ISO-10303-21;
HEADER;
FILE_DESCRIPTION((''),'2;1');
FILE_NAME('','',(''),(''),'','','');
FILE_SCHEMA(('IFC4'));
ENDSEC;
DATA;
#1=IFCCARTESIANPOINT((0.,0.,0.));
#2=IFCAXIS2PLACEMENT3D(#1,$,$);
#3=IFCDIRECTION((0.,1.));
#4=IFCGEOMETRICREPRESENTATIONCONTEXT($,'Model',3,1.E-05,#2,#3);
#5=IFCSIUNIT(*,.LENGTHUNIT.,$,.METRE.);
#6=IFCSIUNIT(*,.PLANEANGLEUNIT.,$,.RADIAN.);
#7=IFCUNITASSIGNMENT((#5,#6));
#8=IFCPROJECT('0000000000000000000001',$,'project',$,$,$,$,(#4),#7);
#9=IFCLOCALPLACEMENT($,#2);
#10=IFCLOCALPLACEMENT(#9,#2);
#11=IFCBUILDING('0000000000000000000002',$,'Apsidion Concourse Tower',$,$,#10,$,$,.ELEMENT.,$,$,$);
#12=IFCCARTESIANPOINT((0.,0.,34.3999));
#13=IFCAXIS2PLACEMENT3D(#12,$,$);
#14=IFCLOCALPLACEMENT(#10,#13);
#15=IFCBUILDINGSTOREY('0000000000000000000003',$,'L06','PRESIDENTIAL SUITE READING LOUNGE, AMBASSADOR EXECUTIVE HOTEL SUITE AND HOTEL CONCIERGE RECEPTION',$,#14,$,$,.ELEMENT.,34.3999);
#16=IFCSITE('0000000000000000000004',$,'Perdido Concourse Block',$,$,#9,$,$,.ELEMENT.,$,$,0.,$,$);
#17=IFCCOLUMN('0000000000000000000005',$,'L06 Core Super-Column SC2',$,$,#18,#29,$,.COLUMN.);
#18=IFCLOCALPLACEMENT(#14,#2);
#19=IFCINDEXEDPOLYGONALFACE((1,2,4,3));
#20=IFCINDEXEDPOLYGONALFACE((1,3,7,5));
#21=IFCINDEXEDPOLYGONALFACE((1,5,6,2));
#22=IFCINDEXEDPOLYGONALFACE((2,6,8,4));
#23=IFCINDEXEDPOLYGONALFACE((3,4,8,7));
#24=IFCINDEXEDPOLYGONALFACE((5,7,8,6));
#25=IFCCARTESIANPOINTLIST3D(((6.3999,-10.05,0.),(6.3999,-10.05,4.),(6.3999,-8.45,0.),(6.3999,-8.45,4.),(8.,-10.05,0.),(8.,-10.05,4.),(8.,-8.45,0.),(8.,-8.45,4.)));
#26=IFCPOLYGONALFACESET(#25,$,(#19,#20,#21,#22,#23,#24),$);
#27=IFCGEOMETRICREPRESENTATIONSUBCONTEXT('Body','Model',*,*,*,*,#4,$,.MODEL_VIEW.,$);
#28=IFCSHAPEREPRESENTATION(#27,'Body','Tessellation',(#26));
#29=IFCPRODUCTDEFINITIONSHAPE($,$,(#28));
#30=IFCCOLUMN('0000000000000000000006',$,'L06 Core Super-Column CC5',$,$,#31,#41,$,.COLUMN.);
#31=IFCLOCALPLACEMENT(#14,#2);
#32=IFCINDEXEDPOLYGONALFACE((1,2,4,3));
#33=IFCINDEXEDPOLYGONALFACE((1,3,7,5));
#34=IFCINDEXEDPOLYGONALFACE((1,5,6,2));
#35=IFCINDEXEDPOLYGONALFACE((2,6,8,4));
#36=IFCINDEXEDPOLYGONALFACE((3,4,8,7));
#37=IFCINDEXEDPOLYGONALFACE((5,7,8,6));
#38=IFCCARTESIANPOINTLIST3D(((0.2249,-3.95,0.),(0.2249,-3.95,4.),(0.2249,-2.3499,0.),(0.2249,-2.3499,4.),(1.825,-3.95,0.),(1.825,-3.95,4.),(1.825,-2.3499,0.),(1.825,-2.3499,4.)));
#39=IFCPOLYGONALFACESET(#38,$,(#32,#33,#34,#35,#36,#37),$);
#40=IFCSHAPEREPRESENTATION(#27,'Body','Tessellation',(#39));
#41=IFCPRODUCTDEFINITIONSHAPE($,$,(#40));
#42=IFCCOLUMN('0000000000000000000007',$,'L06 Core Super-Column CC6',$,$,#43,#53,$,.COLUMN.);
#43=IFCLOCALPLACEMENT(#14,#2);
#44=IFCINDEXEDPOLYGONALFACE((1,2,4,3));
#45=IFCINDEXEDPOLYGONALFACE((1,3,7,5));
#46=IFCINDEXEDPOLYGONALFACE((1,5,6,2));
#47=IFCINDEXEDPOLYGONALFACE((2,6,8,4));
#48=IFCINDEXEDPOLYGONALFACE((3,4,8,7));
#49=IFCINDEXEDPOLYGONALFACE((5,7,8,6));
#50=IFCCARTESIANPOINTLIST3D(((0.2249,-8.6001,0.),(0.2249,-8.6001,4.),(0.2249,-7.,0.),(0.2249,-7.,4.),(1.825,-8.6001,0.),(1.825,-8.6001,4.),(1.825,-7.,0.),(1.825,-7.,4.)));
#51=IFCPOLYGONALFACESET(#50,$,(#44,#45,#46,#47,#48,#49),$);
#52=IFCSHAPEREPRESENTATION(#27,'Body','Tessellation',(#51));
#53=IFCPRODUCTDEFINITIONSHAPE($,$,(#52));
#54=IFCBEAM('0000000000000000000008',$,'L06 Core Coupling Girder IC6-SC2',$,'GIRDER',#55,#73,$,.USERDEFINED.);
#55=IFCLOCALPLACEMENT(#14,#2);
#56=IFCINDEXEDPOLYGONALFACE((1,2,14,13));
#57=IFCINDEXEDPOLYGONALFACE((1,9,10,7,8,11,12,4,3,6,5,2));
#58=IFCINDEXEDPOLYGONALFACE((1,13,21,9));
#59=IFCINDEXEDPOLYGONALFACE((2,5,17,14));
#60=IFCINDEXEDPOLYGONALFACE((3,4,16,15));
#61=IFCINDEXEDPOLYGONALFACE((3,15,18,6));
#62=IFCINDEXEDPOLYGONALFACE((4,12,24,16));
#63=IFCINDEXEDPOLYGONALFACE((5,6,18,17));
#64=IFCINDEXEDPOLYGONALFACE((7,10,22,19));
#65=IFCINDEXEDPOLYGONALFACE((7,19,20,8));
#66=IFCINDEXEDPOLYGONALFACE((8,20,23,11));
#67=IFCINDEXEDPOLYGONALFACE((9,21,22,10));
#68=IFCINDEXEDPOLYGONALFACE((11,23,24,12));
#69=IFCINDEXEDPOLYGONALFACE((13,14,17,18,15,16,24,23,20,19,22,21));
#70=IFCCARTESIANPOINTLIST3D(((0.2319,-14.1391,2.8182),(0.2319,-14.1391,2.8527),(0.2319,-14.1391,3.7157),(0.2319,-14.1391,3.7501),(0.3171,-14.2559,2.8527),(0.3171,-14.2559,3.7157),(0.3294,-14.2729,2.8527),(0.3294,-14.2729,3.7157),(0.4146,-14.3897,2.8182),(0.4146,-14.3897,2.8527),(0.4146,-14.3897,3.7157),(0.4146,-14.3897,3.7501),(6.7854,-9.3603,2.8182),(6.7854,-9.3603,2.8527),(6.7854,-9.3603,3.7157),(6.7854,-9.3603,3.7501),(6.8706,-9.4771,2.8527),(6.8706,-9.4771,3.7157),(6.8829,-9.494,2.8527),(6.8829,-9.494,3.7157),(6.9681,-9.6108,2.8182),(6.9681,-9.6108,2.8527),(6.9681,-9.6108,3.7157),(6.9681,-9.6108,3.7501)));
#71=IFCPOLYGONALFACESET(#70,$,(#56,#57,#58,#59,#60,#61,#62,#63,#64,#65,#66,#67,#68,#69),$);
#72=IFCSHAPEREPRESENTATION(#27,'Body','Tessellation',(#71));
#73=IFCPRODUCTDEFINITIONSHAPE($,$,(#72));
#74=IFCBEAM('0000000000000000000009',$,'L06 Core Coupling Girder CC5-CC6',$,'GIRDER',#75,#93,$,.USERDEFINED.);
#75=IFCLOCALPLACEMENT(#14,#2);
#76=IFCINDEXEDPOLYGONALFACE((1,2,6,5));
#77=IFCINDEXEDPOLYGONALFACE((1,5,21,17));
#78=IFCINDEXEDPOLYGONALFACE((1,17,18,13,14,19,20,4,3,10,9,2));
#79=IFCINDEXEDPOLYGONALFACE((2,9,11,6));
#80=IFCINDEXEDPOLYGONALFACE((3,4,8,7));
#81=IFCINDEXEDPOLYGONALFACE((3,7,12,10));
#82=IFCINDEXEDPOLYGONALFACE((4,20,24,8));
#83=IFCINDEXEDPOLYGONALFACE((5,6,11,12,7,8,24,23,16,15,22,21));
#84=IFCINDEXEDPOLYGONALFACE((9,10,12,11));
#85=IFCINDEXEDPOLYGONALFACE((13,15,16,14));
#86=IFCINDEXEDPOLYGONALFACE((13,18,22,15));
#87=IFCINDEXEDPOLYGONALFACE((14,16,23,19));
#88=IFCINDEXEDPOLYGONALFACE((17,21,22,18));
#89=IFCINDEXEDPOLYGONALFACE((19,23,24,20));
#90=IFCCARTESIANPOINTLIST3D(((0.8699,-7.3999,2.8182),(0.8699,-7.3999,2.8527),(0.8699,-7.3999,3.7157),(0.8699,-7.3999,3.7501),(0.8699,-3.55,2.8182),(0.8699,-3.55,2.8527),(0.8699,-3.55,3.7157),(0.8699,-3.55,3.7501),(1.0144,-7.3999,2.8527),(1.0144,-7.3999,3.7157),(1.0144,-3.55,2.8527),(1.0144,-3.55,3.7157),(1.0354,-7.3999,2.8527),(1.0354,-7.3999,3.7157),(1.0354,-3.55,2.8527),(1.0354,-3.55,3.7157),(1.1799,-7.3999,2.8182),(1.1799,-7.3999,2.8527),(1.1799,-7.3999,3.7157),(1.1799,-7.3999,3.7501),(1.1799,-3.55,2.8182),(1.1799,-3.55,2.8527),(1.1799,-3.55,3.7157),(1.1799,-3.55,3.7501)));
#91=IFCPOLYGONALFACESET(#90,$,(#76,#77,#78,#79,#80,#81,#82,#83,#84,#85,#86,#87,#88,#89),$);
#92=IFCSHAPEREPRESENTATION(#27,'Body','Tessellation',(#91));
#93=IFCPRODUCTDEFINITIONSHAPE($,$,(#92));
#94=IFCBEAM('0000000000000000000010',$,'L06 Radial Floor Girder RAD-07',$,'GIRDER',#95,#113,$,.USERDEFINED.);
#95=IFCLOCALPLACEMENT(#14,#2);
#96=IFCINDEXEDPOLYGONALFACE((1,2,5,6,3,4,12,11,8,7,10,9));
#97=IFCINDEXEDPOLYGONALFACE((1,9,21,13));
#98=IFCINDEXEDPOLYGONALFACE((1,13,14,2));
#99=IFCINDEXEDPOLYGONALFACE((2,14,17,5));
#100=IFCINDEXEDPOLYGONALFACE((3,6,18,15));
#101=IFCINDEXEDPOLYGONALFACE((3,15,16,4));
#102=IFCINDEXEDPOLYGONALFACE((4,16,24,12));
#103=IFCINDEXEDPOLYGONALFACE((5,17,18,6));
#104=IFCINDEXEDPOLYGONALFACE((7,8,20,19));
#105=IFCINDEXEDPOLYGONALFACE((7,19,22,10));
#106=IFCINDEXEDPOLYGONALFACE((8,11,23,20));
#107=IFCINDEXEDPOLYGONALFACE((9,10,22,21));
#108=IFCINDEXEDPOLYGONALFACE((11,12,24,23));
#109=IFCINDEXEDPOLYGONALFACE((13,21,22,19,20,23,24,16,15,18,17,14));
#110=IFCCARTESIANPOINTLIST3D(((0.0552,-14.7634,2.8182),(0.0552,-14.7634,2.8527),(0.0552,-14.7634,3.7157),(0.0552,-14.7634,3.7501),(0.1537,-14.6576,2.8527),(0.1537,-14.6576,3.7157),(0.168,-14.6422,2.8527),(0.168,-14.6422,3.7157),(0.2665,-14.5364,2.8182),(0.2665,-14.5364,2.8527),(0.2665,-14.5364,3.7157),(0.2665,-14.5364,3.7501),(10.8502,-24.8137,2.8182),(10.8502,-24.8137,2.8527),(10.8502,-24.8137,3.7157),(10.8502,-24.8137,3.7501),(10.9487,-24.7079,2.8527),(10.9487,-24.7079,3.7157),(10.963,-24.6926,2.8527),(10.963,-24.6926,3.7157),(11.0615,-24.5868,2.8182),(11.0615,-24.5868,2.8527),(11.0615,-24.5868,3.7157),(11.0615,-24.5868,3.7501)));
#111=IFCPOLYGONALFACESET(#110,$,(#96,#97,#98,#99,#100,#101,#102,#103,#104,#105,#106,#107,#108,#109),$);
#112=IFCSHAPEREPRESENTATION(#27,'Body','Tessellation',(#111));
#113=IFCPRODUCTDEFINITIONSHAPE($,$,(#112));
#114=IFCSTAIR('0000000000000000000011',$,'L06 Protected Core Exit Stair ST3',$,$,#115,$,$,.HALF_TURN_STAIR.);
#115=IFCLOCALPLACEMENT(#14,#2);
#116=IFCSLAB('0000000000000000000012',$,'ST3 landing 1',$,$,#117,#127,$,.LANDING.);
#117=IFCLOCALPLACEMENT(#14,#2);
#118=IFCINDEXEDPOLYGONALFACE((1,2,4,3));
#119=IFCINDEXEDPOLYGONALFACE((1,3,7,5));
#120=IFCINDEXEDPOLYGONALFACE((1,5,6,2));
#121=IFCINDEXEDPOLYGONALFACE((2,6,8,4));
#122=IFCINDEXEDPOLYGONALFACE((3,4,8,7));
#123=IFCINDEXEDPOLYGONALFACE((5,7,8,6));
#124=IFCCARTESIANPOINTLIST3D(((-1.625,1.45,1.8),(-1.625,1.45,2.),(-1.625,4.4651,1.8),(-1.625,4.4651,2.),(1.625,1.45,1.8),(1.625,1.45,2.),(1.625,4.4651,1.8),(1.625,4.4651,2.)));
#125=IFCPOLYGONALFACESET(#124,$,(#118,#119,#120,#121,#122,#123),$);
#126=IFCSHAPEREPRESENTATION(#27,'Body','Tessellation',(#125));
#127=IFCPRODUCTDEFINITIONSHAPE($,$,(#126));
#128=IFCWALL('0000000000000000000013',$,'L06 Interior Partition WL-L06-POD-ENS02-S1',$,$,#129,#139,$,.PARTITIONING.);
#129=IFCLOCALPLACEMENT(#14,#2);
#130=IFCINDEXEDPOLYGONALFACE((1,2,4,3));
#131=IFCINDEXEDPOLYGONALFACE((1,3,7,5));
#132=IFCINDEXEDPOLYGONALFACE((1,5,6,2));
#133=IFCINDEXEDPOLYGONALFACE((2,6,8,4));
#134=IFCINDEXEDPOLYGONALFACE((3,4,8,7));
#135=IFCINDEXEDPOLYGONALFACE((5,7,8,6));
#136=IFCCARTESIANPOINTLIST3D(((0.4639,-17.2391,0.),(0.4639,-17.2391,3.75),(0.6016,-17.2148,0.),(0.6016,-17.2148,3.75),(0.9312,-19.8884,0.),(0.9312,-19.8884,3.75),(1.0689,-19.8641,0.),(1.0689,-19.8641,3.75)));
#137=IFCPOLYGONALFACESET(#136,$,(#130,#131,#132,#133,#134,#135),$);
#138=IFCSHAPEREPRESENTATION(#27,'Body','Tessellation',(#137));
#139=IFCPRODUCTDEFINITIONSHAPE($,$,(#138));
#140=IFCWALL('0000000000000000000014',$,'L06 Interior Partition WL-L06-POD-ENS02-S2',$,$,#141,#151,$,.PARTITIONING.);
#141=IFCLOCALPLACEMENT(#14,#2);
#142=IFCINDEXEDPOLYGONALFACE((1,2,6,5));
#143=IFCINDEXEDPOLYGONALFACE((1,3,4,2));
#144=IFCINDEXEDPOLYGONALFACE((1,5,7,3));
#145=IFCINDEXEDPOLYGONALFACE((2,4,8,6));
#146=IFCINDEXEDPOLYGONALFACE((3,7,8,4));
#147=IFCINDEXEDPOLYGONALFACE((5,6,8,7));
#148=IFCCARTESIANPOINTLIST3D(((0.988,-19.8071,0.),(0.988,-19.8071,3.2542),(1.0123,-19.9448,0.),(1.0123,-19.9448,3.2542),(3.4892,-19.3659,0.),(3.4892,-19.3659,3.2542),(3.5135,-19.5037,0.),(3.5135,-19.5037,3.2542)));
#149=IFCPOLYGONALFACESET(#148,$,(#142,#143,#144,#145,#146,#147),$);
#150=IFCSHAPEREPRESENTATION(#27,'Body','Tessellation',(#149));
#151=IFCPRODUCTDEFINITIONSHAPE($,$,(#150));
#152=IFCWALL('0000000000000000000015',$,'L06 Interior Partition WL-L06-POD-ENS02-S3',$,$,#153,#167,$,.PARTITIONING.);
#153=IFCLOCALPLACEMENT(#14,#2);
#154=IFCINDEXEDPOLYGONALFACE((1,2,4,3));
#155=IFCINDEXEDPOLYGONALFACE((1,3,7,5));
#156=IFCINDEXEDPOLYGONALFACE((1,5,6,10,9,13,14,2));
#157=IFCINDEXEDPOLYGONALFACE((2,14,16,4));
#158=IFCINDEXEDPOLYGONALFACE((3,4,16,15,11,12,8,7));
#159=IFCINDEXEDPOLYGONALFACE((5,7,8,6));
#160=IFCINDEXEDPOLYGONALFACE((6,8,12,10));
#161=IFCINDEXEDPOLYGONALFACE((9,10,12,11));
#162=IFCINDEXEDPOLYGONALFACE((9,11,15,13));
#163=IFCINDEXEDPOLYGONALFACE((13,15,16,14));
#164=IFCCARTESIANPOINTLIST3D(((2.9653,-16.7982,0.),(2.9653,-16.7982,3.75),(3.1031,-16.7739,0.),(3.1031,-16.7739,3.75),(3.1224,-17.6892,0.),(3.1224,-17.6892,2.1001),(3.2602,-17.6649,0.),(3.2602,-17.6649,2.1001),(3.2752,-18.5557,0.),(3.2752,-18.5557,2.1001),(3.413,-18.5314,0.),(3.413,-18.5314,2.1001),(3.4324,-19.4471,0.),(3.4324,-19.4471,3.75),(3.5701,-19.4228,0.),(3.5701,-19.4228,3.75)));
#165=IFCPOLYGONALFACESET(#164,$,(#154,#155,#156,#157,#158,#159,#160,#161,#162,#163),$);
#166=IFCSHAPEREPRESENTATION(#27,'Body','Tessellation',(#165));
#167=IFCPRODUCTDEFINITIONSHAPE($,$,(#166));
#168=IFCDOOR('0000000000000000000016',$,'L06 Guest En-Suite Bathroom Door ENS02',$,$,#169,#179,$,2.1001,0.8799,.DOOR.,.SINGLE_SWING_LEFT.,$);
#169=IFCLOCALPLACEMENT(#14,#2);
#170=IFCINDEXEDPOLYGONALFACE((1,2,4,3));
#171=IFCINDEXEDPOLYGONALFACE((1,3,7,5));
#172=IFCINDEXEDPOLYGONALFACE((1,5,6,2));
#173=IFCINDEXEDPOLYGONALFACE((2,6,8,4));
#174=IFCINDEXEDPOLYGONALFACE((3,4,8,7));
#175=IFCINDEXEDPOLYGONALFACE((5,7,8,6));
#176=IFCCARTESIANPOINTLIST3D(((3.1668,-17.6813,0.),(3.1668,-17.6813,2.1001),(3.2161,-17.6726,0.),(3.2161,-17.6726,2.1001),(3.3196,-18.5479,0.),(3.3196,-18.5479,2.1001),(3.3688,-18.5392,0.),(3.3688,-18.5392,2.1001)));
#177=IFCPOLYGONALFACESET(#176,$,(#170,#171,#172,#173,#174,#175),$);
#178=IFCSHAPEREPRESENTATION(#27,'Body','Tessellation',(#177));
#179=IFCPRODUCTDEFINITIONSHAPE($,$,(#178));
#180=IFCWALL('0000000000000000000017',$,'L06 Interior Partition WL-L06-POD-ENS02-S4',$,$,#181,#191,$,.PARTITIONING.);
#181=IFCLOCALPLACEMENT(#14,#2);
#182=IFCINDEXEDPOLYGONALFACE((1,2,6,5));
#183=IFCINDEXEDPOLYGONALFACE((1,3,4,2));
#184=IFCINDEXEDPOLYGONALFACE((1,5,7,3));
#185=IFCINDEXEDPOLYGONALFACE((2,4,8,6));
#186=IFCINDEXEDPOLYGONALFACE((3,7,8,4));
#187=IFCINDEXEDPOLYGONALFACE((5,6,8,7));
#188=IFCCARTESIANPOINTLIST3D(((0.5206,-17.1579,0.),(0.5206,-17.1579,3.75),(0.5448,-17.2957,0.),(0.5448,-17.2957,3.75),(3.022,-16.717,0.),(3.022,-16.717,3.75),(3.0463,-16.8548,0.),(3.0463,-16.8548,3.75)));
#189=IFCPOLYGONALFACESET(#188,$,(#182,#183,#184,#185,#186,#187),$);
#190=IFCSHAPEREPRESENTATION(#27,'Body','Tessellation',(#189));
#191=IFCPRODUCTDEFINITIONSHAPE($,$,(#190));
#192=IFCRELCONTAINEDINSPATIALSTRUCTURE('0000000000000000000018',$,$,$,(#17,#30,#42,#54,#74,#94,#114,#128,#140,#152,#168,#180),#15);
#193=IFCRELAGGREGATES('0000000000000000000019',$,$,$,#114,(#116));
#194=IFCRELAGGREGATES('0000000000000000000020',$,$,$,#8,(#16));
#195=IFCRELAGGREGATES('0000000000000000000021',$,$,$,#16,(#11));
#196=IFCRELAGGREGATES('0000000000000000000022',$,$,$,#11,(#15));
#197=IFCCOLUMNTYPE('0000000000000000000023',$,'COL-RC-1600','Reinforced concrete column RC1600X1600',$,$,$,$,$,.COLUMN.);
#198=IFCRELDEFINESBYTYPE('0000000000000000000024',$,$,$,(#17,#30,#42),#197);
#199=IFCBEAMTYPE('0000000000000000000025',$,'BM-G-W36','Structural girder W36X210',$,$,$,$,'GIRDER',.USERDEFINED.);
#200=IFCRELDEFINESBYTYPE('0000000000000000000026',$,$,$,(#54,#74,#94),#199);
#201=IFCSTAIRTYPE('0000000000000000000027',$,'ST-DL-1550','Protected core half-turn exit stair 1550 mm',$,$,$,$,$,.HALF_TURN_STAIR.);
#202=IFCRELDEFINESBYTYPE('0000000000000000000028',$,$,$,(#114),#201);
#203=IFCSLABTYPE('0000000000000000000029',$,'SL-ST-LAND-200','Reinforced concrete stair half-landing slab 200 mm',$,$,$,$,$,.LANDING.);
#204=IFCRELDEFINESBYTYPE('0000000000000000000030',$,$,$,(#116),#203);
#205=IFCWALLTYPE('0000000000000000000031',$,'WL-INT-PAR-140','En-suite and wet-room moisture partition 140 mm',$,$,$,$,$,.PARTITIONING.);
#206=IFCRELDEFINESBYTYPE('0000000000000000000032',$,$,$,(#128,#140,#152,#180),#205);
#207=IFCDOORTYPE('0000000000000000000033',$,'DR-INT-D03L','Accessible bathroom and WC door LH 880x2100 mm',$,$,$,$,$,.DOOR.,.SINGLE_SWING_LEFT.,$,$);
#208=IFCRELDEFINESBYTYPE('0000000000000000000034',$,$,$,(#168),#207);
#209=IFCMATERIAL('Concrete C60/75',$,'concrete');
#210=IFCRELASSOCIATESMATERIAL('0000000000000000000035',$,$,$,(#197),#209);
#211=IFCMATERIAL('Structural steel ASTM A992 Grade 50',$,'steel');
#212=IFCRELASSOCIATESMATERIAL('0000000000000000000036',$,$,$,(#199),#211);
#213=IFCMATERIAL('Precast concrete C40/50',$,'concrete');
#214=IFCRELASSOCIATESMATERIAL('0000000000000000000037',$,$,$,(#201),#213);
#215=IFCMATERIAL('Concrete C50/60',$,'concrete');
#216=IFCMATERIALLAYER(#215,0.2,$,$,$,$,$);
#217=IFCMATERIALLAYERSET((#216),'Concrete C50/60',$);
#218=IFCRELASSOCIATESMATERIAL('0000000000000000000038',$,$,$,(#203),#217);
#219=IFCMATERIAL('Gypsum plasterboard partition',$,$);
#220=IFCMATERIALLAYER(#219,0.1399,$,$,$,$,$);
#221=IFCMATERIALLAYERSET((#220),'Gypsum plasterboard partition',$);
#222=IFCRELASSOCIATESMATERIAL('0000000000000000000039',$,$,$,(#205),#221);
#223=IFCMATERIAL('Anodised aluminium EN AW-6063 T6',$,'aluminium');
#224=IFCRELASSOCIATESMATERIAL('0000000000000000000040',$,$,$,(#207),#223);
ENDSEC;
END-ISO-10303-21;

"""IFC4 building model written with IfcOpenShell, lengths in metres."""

from ifc_helpers import new_model, si_unit, direction, frame, frame_2d, origin, origin_2d, place, context, subcontext, project, spatial, polyline, rectangle, i_section, outline, extrude, material, layer, layer_set, material_profile, profile_set, type_object, element, fill, aggregate, save


model = new_model("IFC4")

# Units and contexts
model_context = context("Model", 3, precision=1e-05, world=origin(), true_north=direction((0.0, 1.0)))
body_context = subcontext(model_context, "Body", "Model", "MODEL_VIEW")
ifc_project = project(units=[si_unit("LENGTHUNIT", "METRE"), si_unit("PLANEANGLEUNIT", "RADIAN")], contexts=[model_context])

# Site, building, storey
site_placement = place(None, origin())
site = spatial("IfcSite", under=ifc_project, at=site_placement, Name="Perdido Concourse Block", CompositionType="ELEMENT", RefElevation=0.0)
building_placement = place(site_placement, origin())
building = spatial("IfcBuilding", under=site, at=building_placement, Name="Apsidion Concourse Tower", CompositionType="ELEMENT")
storey_placement = place(building_placement, frame((0.0, 0.0, 34.3999)))
storey = spatial("IfcBuildingStorey", under=building, at=storey_placement, Name="L06", Description="PRESIDENTIAL SUITE READING LOUNGE, AMBASSADOR EXECUTIVE HOTEL SUITE AND HOTEL CONCIERGE RECEPTION", CompositionType="ELEMENT", Elevation=34.3999)

# Columns
ifc_material_1 = material(Name="Concrete C60/75", Category="concrete")
ifc_material_profile_1 = material_profile(ifc_material_1, rectangle(XDim=1.6001, YDim=1.6001, at=origin_2d()), Name="RC 1600x1600")
ifc_profile_set_1 = profile_set([ifc_material_profile_1], Name="Concrete C60/75")
column_type = type_object("IfcColumnType", Name="COL-RC-1600", Description="Reinforced concrete column RC1600X1600", PredefinedType="COLUMN", material=ifc_profile_set_1)
for number, where, z_axis, x_axis, name in (
    (1, (7.2, -9.25, 0.0), (0.0, 0.0, 1.0), (1.0, 0.0, 0.0), "L06 Core Super-Column SC2"),
    (2, (1.0249, -3.1499, 0.0), (0.0, 0.0, 1.0), (1.0, 0.0, 0.0), "L06 Core Super-Column CC5"),
    (3, (1.0249, -7.8, 0.0), (0.0, 0.0, 1.0), (1.0, 0.0, 0.0), "L06 Core Super-Column CC6"),
):
    element("IfcColumn", number, at=place(storey_placement, frame(where, z_axis=z_axis, x_axis=x_axis)), inside=storey, type_object=column_type, Name=name, PredefinedType="COLUMN", context=body_context, shape_type="SweptSolid", body=[
        extrude(rectangle(XDim=1.6001, YDim=1.6001, at=origin_2d()), origin(), (0.0, 0.0, 1.0), 4.0),
    ])

# Beams
ifc_material_2 = material(Name="Structural steel ASTM A992 Grade 50", Category="steel")
ifc_material_profile_2 = material_profile(ifc_material_2, i_section(OverallWidth=0.3101, OverallDepth=0.9319, WebThickness=0.021, FlangeThickness=0.0344, at=origin_2d()), Name="W36X210")
ifc_profile_set_2 = profile_set([ifc_material_profile_2], Name="Structural steel ASTM A992 Grade 50")
beam_type = type_object("IfcBeamType", Name="BM-G-W36", Description="Structural girder W36X210", ElementType="GIRDER", PredefinedType="USERDEFINED", material=ifc_profile_set_2)
beam_1_placement = place(storey_placement, frame((0.3232, -14.2644, 3.2842), z_axis=(0.807993, 0.589191, 0.0), x_axis=(-0.589191, 0.807993, 0.0)))
element("IfcBeam", 4, at=beam_1_placement, inside=storey, type_object=beam_type, Name="L06 Core Coupling Girder IC6-SC2", ObjectType="GIRDER", PredefinedType="USERDEFINED", context=body_context, shape_type="SweptSolid", body=[
    extrude(i_section(OverallWidth=0.3101, OverallDepth=0.9319, WebThickness=0.021, FlangeThickness=0.0344, at=origin_2d()), origin(), (0.0, 0.0, 1.0), 8.1108),
])
beam_2_placement = place(storey_placement, frame((1.0249, -3.55, 3.2842), z_axis=(0.0, -1.0, 0.0), x_axis=(1.0, 0.0, 0.0)))
element("IfcBeam", 5, at=beam_2_placement, inside=storey, type_object=beam_type, Name="L06 Core Coupling Girder CC5-CC6", ObjectType="GIRDER", PredefinedType="USERDEFINED", context=body_context, shape_type="SweptSolid", body=[
    extrude(i_section(OverallWidth=0.3101, OverallDepth=0.9319, WebThickness=0.021, FlangeThickness=0.0344, at=origin_2d()), origin(), (0.0, 0.0, 1.0), 3.8499),
])
beam_3_placement = place(storey_placement, frame((0.1609, -14.6499, 3.2842), z_axis=(0.731899, -0.681413, 0.0), x_axis=(0.681413, 0.731899, 0.0)))
element("IfcBeam", 6, at=beam_3_placement, inside=storey, type_object=beam_type, Name="L06 Radial Floor Girder RAD-07", ObjectType="GIRDER", PredefinedType="USERDEFINED", context=body_context, shape_type="SweptSolid", body=[
    extrude(i_section(OverallWidth=0.3101, OverallDepth=0.9319, WebThickness=0.021, FlangeThickness=0.0344, at=origin_2d()), origin(), (0.0, 0.0, 1.0), 14.7493),
])

# Stair, slab
ifc_material_3 = material(Name="Precast concrete C40/50", Category="concrete")
stair_type = type_object("IfcStairType", Name="ST-DL-1550", Description="Protected core half-turn exit stair 1550 mm", PredefinedType="HALF_TURN_STAIR", material=ifc_material_3)
stair_placement = place(storey_placement, origin())
stair = element("IfcStair", 7, at=stair_placement, inside=storey, type_object=stair_type, Name="L06 Protected Core Exit Stair ST3", PredefinedType="HALF_TURN_STAIR")
ifc_material_4 = material(Name="Concrete C50/60", Category="concrete")
ifc_layer_1 = layer(ifc_material_4, 0.2)
ifc_layer_set_1 = layer_set([ifc_layer_1], Name="Concrete C50/60")
slab_type = type_object("IfcSlabType", Name="SL-ST-LAND-200", Description="Reinforced concrete stair half-landing slab 200 mm", PredefinedType="LANDING", material=ifc_layer_set_1)
slab_placement = place(storey_placement, frame((0.0, 0.0, 1.8)))
slab = element("IfcSlab", 8, at=slab_placement, type_object=slab_type, Name="ST3 landing 1", PredefinedType="LANDING", context=body_context, shape_type="SweptSolid", body=[
    extrude(outline(polyline([(-1.625, 4.4651), (-1.625, 1.45), (1.625, 1.45), (1.625, 4.4651), (-1.625, 4.4651)])), origin(), (0.0, 0.0, 1.0), 0.2),
])
aggregate(stair, [slab])

# Walls
ifc_material_5 = material(Name="Gypsum plasterboard partition")
ifc_layer_2 = layer(ifc_material_5, 0.1399)
ifc_layer_set_2 = layer_set([ifc_layer_2], Name="Gypsum plasterboard partition")
wall_type_1 = type_object("IfcWallType", Name="WL-INT-PAR-140", Description="En-suite and wet-room moisture partition 140 mm", PredefinedType="PARTITIONING", material=ifc_layer_set_2)
wall_1_placement = place(storey_placement, frame((0.5327, -17.2268, 0.0), z_axis=(0.0, 0.0, 1.0), x_axis=(0.173708, -0.984797, 0.0)))
element("IfcWall", 9, at=wall_1_placement, inside=storey, type_object=wall_type_1, Name="L06 Interior Partition WL-L06-POD-ENS02-S1", PredefinedType="PARTITIONING", context=body_context, shape_type="SweptSolid", body=[
    extrude(rectangle(XDim=2.6902, YDim=0.1399, at=frame_2d((1.3452, 0.0))), origin(), (0.0, 0.0, 1.0), 3.75),
])
wall_2_placement = place(storey_placement, frame((1.0, -19.876, 0.0), z_axis=(0.0, 0.0, 1.0), x_axis=(0.984799, 0.173698, 0.0)))
element("IfcWall", 10, at=wall_2_placement, inside=storey, type_object=wall_type_1, Name="L06 Interior Partition WL-L06-POD-ENS02-S2", PredefinedType="PARTITIONING", context=body_context, shape_type="SweptSolid", body=[
    extrude(rectangle(XDim=2.5398, YDim=0.1399, at=frame_2d((1.27, 0.0))), origin(), (0.0, 0.0, 1.0), 3.2542),
])

# Wall, opening, door
wall_3_placement = place(storey_placement, frame((3.5012, -19.4348, 0.0), z_axis=(0.0, 0.0, 1.0), x_axis=(-0.173635, 0.98481, 0.0)))
wall_3 = element("IfcWall", 11, at=wall_3_placement, inside=storey, type_object=wall_type_1, Name="L06 Interior Partition WL-L06-POD-ENS02-S3", PredefinedType="PARTITIONING", context=body_context, shape_type="SweptSolid", body=[
    extrude(rectangle(XDim=2.6897, YDim=0.1399, at=frame_2d((1.3447, 0.0))), origin(), (0.0, 0.0, 1.0), 3.75),
])
opening_1_placement = place(wall_3_placement, frame((0.905, 0.0, 0.0)))
opening_1 = element("IfcOpeningElement", 12, at=opening_1_placement, cuts=wall_3, PredefinedType="OPENING", context=body_context, shape_type="SweptSolid", body=[
    extrude(rectangle(XDim=0.8799, YDim=2.1001, at=frame_2d((0.4399, 1.05))), frame((0.0, 0.0801, 0.0), z_axis=(0.0, -1.0, 0.0), x_axis=(1.0, 0.0, 0.0)), (0.0, 0.0, 1.0), 0.1599),
])
ifc_material_6 = material(Name="Anodised aluminium EN AW-6063 T6", Category="aluminium")
door_type_1 = type_object("IfcDoorType", Name="DR-INT-D03L", Description="Accessible bathroom and WC door LH 880x2100 mm", OperationType="SINGLE_SWING_LEFT", PredefinedType="DOOR", material=ifc_material_6)
door_1_placement = place(opening_1_placement, origin())
door_1 = element("IfcDoor", 13, at=door_1_placement, inside=storey, type_object=door_type_1, Name="L06 Guest En-Suite Bathroom Door ENS02", OperationType="SINGLE_SWING_LEFT", OverallHeight=2.1001, OverallWidth=0.8799, PredefinedType="DOOR", context=body_context, shape_type="SweptSolid", body=[
    extrude(rectangle(XDim=0.8799, YDim=2.1001, at=frame_2d((0.4399, 1.05))), frame((0.0, 0.0249, 0.0), z_axis=(0.0, -1.0, 0.0), x_axis=(1.0, 0.0, 0.0)), (0.0, 0.0, 1.0), 0.05),
])
fill(opening_1, door_1)

# Wall
wall_4_placement = place(storey_placement, frame((3.0342, -16.7859, 0.0), z_axis=(0.0, 0.0, 1.0), x_axis=(-0.984818, -0.173588, 0.0)))
element("IfcWall", 14, at=wall_4_placement, inside=storey, type_object=wall_type_1, Name="L06 Interior Partition WL-L06-POD-ENS02-S4", PredefinedType="PARTITIONING", context=body_context, shape_type="SweptSolid", body=[
    extrude(rectangle(XDim=2.54, YDim=0.1399, at=frame_2d((1.27, 0.0))), origin(), (0.0, 0.0, 1.0), 3.75),
])

save(model, "model.ifc")
